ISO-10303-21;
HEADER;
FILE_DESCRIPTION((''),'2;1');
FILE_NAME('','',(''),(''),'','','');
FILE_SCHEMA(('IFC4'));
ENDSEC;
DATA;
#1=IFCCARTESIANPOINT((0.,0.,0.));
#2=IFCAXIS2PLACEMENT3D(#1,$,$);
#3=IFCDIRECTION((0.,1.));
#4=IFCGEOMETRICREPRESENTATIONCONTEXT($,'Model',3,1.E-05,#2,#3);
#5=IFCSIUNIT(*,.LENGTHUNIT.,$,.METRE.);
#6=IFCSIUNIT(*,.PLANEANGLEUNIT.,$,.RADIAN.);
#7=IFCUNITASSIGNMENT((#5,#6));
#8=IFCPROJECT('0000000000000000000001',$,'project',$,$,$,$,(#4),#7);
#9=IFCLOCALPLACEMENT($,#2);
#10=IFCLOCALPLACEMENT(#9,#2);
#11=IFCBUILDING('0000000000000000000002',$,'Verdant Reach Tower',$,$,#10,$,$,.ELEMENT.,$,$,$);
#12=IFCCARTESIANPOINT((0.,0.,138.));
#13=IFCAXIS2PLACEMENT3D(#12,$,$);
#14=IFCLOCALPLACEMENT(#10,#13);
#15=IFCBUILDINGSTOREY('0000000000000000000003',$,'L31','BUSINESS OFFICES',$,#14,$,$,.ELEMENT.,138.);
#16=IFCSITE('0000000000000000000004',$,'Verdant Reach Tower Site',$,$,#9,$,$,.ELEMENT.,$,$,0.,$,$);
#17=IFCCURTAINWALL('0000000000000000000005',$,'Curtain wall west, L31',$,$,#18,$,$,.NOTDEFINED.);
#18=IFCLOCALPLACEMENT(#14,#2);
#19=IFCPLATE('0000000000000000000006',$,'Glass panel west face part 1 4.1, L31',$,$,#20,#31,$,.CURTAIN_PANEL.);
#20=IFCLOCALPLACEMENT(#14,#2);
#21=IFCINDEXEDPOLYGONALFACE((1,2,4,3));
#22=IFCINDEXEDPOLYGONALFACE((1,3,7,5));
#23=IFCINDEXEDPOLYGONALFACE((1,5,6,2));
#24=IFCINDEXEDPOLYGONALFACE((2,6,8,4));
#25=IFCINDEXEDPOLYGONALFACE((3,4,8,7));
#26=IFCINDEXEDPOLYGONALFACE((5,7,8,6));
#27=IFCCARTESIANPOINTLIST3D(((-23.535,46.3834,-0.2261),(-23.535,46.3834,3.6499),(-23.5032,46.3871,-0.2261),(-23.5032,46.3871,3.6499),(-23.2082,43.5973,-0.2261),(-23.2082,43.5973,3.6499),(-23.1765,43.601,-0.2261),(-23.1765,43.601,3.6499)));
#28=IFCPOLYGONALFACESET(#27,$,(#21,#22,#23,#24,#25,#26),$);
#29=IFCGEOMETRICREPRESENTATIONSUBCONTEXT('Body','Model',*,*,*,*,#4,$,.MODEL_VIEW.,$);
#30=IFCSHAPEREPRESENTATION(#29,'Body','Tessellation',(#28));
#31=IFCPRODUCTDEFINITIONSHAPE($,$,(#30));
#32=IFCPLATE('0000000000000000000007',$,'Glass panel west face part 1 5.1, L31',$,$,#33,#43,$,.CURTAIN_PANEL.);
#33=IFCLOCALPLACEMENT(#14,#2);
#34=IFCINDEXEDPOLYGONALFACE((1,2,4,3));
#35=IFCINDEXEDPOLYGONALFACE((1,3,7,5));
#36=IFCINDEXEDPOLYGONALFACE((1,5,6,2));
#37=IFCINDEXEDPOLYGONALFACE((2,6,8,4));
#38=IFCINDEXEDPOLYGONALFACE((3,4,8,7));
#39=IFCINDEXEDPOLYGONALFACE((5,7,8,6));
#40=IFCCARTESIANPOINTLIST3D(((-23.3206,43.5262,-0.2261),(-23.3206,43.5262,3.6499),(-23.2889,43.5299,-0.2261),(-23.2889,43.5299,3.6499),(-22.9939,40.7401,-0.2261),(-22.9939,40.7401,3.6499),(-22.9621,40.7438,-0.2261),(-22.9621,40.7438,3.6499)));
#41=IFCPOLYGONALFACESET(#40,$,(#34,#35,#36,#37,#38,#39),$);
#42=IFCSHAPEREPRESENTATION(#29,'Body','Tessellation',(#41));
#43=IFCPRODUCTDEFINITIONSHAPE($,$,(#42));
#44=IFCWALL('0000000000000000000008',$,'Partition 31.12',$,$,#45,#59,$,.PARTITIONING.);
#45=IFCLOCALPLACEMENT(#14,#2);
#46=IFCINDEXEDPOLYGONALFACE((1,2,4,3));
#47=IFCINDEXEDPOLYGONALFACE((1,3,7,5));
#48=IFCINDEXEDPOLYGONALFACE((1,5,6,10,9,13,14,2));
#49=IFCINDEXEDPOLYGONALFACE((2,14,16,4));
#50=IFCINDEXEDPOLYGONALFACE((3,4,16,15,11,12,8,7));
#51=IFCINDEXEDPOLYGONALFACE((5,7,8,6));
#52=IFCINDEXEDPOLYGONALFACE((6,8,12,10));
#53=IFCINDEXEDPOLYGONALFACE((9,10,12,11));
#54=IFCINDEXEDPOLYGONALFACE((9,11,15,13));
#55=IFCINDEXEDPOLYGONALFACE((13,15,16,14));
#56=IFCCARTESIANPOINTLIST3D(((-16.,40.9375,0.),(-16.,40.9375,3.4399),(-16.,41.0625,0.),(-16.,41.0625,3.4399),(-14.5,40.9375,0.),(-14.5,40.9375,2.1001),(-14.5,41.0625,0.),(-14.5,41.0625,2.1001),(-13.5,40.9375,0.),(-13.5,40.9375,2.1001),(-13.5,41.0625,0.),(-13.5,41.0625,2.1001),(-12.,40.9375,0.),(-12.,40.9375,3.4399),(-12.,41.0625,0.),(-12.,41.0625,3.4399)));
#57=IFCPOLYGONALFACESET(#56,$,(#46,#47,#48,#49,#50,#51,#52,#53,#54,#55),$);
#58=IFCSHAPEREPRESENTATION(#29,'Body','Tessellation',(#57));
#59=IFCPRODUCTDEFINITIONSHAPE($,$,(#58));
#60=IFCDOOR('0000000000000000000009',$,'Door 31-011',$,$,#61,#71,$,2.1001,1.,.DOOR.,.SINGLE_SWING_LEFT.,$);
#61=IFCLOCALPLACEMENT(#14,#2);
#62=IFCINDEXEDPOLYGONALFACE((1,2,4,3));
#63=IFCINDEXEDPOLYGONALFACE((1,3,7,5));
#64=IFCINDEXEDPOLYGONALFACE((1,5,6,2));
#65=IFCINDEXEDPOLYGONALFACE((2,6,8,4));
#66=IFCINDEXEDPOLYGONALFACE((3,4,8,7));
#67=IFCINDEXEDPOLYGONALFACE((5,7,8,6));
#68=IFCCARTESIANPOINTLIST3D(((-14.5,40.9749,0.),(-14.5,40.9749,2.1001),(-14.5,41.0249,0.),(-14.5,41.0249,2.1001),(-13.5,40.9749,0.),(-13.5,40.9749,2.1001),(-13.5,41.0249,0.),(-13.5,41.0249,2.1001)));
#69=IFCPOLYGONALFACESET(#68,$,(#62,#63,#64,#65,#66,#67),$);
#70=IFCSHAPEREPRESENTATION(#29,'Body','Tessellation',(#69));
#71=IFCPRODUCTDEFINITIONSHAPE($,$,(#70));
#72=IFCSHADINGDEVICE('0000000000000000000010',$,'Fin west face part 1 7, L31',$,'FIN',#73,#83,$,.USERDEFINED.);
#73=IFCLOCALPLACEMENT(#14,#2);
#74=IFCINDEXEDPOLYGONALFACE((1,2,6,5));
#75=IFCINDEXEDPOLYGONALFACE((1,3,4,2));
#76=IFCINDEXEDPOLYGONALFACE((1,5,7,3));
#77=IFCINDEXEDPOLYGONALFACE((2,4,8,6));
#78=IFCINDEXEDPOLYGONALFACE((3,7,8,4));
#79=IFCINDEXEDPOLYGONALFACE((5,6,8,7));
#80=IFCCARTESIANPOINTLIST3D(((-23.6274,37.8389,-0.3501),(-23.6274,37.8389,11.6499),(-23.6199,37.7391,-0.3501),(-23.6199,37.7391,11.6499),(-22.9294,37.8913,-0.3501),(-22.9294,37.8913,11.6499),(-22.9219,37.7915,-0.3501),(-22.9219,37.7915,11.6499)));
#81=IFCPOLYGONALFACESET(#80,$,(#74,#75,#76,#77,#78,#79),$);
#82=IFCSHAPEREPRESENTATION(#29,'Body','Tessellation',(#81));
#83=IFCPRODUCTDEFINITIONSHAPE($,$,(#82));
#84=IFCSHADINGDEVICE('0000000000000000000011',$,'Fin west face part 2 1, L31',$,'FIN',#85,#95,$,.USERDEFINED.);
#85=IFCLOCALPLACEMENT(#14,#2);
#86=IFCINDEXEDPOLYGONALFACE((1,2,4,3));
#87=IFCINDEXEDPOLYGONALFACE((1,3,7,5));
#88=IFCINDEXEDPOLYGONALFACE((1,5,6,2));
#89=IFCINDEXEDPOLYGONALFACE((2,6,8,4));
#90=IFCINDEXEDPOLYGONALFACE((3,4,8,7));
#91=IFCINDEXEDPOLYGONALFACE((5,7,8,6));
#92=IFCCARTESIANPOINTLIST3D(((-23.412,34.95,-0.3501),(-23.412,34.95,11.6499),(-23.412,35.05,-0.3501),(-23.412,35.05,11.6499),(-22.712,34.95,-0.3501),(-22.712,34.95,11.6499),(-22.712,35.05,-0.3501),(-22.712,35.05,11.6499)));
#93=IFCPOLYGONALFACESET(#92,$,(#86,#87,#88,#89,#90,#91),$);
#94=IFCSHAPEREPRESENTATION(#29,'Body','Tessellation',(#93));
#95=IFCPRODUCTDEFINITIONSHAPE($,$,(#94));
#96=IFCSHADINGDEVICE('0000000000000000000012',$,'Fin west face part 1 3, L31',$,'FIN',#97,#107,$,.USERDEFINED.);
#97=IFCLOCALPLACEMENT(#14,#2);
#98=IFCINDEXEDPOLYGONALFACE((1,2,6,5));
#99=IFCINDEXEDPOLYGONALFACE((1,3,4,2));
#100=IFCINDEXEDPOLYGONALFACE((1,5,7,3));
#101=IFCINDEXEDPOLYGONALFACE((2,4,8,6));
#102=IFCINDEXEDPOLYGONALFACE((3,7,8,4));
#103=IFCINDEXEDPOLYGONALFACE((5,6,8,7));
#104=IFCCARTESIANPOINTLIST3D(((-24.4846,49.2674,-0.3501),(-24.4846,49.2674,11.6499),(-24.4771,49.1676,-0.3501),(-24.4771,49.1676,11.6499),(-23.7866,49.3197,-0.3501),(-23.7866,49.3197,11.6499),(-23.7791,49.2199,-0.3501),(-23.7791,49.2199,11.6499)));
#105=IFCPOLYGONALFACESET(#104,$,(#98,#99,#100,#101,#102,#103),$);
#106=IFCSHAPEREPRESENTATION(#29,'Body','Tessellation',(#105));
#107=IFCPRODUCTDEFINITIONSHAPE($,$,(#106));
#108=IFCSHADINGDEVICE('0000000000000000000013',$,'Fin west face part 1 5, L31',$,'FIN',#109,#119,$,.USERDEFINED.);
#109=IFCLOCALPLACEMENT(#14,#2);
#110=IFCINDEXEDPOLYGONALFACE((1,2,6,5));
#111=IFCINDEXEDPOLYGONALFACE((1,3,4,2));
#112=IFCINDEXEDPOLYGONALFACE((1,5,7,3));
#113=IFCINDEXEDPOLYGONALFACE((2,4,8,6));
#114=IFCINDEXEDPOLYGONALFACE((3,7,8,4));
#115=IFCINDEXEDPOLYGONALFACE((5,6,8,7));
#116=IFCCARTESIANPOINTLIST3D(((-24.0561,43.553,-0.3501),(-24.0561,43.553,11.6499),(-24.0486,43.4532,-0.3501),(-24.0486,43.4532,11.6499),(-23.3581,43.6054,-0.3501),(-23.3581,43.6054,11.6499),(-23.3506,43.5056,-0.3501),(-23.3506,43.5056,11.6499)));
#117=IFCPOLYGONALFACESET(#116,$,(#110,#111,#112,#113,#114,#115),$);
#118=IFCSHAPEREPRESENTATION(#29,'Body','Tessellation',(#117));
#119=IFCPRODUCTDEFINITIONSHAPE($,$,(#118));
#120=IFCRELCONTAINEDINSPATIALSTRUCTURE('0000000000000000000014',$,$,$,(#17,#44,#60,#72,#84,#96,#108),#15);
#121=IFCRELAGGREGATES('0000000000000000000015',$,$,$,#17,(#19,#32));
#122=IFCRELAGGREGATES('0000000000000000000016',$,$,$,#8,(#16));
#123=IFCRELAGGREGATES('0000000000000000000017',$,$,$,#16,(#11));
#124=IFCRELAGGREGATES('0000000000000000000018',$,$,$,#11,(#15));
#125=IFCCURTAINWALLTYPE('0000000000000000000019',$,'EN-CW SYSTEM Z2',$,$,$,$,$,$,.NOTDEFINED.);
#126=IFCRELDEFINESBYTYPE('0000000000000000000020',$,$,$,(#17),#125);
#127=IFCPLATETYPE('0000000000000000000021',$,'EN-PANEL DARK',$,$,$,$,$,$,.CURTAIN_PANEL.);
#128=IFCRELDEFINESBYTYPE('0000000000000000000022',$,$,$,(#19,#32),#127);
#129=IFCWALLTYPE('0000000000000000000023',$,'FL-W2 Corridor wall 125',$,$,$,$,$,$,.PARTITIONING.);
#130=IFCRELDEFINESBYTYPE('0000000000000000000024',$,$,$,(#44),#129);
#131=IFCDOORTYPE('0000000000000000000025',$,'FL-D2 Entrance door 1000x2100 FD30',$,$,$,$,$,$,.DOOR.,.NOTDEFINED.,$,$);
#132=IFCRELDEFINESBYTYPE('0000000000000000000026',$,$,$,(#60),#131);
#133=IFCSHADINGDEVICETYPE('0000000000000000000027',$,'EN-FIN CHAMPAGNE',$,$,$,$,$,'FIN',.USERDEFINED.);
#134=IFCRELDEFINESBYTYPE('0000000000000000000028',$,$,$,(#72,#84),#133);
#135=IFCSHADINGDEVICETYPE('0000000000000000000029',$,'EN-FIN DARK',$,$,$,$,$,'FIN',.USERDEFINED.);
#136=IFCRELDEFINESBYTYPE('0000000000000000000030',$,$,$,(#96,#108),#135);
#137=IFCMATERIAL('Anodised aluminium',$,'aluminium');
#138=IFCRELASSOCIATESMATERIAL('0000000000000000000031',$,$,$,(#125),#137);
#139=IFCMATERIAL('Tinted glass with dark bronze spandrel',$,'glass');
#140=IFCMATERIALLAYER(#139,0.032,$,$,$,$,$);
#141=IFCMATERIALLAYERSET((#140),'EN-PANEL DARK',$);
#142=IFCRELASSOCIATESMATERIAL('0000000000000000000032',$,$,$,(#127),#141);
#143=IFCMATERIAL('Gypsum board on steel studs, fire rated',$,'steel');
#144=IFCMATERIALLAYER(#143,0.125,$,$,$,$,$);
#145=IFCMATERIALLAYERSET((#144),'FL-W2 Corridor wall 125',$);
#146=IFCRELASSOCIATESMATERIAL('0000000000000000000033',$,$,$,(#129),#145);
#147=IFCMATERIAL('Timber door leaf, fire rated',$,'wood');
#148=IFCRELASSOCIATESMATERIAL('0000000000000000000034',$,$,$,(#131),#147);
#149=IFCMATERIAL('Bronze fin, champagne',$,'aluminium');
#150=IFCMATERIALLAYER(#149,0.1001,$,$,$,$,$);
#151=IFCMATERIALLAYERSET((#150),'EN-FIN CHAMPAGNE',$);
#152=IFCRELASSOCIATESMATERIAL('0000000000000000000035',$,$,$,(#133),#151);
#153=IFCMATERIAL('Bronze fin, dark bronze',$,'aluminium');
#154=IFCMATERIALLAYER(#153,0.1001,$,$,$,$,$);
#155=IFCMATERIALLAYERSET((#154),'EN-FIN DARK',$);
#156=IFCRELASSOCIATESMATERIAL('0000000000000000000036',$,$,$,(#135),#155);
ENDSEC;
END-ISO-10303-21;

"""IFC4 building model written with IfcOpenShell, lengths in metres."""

from ifc_helpers import new_model, si_unit, direction, frame, frame_2d, origin, origin_2d, place, context, subcontext, project, spatial, rectangle, extrude, material, layer, layer_set, type_object, element, fill, aggregate, save


model = new_model("IFC4")

# Units and contexts
model_context = context("Model", 3, precision=1e-05, world=origin(), true_north=direction((0.0, 1.0)))
body_context = subcontext(model_context, "Body", "Model", "MODEL_VIEW")
ifc_project = project(units=[si_unit("LENGTHUNIT", "METRE"), si_unit("PLANEANGLEUNIT", "RADIAN")], contexts=[model_context])

# Site, building, storey
site_placement = place(None, origin())
site = spatial("IfcSite", under=ifc_project, at=site_placement, Name="Verdant Reach Tower Site", CompositionType="ELEMENT", RefElevation=0.0)
building_placement = place(site_placement, origin())
building = spatial("IfcBuilding", under=site, at=building_placement, Name="Verdant Reach Tower", CompositionType="ELEMENT")
storey_placement = place(building_placement, frame((0.0, 0.0, 138.0)))
storey = spatial("IfcBuildingStorey", under=building, at=storey_placement, Name="L31", Description="BUSINESS OFFICES", CompositionType="ELEMENT", Elevation=138.0)

# Curtain wall
ifc_material_1 = material(Name="Anodised aluminium", Category="aluminium")
curtain_wall_type = type_object("IfcCurtainWallType", Name="EN-CW SYSTEM Z2", PredefinedType="NOTDEFINED", material=ifc_material_1)
curtain_wall_placement = place(storey_placement, origin())
curtain_wall = element("IfcCurtainWall", 1, at=curtain_wall_placement, inside=storey, type_object=curtain_wall_type, Name="Curtain wall west, L31", PredefinedType="NOTDEFINED")

# Plates
ifc_material_2 = material(Name="Tinted glass with dark bronze spandrel", Category="glass")
ifc_layer_1 = layer(ifc_material_2, 0.032)
ifc_layer_set_1 = layer_set([ifc_layer_1], Name="EN-PANEL DARK")
plate_type_1 = type_object("IfcPlateType", Name="EN-PANEL DARK", PredefinedType="CURTAIN_PANEL", material=ifc_layer_set_1)
plate_1_placement = place(storey_placement, frame((-23.3557, 44.9922, -0.2261), z_axis=(0.0, 0.0, 1.0), x_axis=(0.116483, -0.993193, 0.0)))
plate_1 = element("IfcPlate", 2, at=plate_1_placement, type_object=plate_type_1, Name="Glass panel west face part 1 4.1, L31", PredefinedType="CURTAIN_PANEL", context=body_context, shape_type="SweptSolid", body=[
    extrude(rectangle(XDim=2.8052, YDim=0.032, at=origin_2d()), origin(), (0.0, 0.0, 1.0), 3.876),
])
plate_2_placement = place(storey_placement, frame((-23.1414, 42.135, -0.2261), z_axis=(0.0, 0.0, 1.0), x_axis=(0.116483, -0.993193, 0.0)))
plate_2 = element("IfcPlate", 3, at=plate_2_placement, type_object=plate_type_1, Name="Glass panel west face part 1 5.1, L31", PredefinedType="CURTAIN_PANEL", context=body_context, shape_type="SweptSolid", body=[
    extrude(rectangle(XDim=2.8052, YDim=0.032, at=origin_2d()), origin(), (0.0, 0.0, 1.0), 3.876),
])
aggregate(curtain_wall, [plate_1, plate_2])

# Wall, opening, door
ifc_material_3 = material(Name="Gypsum board on steel studs, fire rated", Category="steel")
ifc_layer_2 = layer(ifc_material_3, 0.125)
ifc_layer_set_2 = layer_set([ifc_layer_2], Name="FL-W2 Corridor wall 125")
wall_type = type_object("IfcWallType", Name="FL-W2 Corridor wall 125", PredefinedType="PARTITIONING", material=ifc_layer_set_2)
wall_placement = place(storey_placement, frame((-16.0, 41.0, 0.0), z_axis=(0.0, 0.0, 1.0), x_axis=(1.0, 0.0, 0.0)))
wall = element("IfcWall", 4, at=wall_placement, inside=storey, type_object=wall_type, Name="Partition 31.12", PredefinedType="PARTITIONING", context=body_context, shape_type="SweptSolid", body=[
    extrude(rectangle(XDim=4.0, YDim=0.125, at=frame_2d((2.0, 0.0))), origin(), (0.0, 0.0, 1.0), 3.4399),
])
opening_placement = place(wall_placement, frame((1.5, 0.0, 0.0)))
opening = element("IfcOpeningElement", 5, at=opening_placement, cuts=wall, PredefinedType="OPENING", context=body_context, shape_type="SweptSolid", body=[
    extrude(rectangle(XDim=1.0, YDim=2.1001, at=frame_2d((0.5, 1.05))), frame((0.0, 0.0725, 0.0), z_axis=(0.0, -1.0, 0.0), x_axis=(1.0, 0.0, 0.0)), (0.0, 0.0, 1.0), 0.145),
])
ifc_material_4 = material(Name="Timber door leaf, fire rated", Category="wood")
door_type = type_object("IfcDoorType", Name="FL-D2 Entrance door 1000x2100 FD30", OperationType="NOTDEFINED", PredefinedType="DOOR", material=ifc_material_4)
door_placement = place(opening_placement, origin())
door = element("IfcDoor", 6, at=door_placement, inside=storey, type_object=door_type, Name="Door 31-011", OperationType="SINGLE_SWING_LEFT", OverallHeight=2.1001, OverallWidth=1.0, PredefinedType="DOOR", context=body_context, shape_type="SweptSolid", body=[
    extrude(rectangle(XDim=1.0, YDim=2.1001, at=frame_2d((0.5, 1.05))), frame((0.0, 0.0249, 0.0), z_axis=(0.0, -1.0, 0.0), x_axis=(1.0, 0.0, 0.0)), (0.0, 0.0, 1.0), 0.05),
])
fill(opening, door)

# Shading devices
ifc_material_5 = material(Name="Bronze fin, champagne", Category="aluminium")
ifc_layer_3 = layer(ifc_material_5, 0.1001)
ifc_layer_set_3 = layer_set([ifc_layer_3], Name="EN-FIN CHAMPAGNE")
shading_device_type_1 = type_object("IfcShadingDeviceType", Name="EN-FIN CHAMPAGNE", ElementType="FIN", PredefinedType="USERDEFINED", material=ifc_layer_set_3)
for number, where, z_axis, x_axis, name in (
    (7, (-23.2747, 37.8152, -0.3501), (0.0, 0.0, 1.0), (0.07479, -0.997199, 0.0), "Fin west face part 1 7, L31"),
    (8, (-23.062, 35.0, -0.3501), (0.0, 0.0, 1.0), (0.0, -1.0, 0.0), "Fin west face part 2 1, L31"),
):
    element("IfcShadingDevice", number, at=place(storey_placement, frame(where, z_axis=z_axis, x_axis=x_axis)), inside=storey, type_object=shading_device_type_1, Name=name, ObjectType="FIN", PredefinedType="USERDEFINED", context=body_context, shape_type="SweptSolid", body=[
        extrude(rectangle(XDim=0.1001, YDim=0.7, at=origin_2d()), origin(), (0.0, 0.0, 1.0), 12.0),
    ])
ifc_material_6 = material(Name="Bronze fin, dark bronze", Category="aluminium")
ifc_layer_4 = layer(ifc_material_6, 0.1001)
ifc_layer_set_4 = layer_set([ifc_layer_4], Name="EN-FIN DARK")
shading_device_type_2 = type_object("IfcShadingDeviceType", Name="EN-FIN DARK", ElementType="FIN", PredefinedType="USERDEFINED", material=ifc_layer_set_4)
for number, where, z_axis, x_axis, name in (
    (9, (-24.1318, 49.2437, -0.3501), (0.0, 0.0, 1.0), (0.07479, -0.997199, 0.0), "Fin west face part 1 3, L31"),
    (10, (-23.7034, 43.5293, -0.3501), (0.0, 0.0, 1.0), (0.07479, -0.997199, 0.0), "Fin west face part 1 5, L31"),
):
    element("IfcShadingDevice", number, at=place(storey_placement, frame(where, z_axis=z_axis, x_axis=x_axis)), inside=storey, type_object=shading_device_type_2, Name=name, ObjectType="FIN", PredefinedType="USERDEFINED", context=body_context, shape_type="SweptSolid", body=[
        extrude(rectangle(XDim=0.1001, YDim=0.7, at=origin_2d()), origin(), (0.0, 0.0, 1.0), 12.0),
    ])

save(model, "model.ifc")
